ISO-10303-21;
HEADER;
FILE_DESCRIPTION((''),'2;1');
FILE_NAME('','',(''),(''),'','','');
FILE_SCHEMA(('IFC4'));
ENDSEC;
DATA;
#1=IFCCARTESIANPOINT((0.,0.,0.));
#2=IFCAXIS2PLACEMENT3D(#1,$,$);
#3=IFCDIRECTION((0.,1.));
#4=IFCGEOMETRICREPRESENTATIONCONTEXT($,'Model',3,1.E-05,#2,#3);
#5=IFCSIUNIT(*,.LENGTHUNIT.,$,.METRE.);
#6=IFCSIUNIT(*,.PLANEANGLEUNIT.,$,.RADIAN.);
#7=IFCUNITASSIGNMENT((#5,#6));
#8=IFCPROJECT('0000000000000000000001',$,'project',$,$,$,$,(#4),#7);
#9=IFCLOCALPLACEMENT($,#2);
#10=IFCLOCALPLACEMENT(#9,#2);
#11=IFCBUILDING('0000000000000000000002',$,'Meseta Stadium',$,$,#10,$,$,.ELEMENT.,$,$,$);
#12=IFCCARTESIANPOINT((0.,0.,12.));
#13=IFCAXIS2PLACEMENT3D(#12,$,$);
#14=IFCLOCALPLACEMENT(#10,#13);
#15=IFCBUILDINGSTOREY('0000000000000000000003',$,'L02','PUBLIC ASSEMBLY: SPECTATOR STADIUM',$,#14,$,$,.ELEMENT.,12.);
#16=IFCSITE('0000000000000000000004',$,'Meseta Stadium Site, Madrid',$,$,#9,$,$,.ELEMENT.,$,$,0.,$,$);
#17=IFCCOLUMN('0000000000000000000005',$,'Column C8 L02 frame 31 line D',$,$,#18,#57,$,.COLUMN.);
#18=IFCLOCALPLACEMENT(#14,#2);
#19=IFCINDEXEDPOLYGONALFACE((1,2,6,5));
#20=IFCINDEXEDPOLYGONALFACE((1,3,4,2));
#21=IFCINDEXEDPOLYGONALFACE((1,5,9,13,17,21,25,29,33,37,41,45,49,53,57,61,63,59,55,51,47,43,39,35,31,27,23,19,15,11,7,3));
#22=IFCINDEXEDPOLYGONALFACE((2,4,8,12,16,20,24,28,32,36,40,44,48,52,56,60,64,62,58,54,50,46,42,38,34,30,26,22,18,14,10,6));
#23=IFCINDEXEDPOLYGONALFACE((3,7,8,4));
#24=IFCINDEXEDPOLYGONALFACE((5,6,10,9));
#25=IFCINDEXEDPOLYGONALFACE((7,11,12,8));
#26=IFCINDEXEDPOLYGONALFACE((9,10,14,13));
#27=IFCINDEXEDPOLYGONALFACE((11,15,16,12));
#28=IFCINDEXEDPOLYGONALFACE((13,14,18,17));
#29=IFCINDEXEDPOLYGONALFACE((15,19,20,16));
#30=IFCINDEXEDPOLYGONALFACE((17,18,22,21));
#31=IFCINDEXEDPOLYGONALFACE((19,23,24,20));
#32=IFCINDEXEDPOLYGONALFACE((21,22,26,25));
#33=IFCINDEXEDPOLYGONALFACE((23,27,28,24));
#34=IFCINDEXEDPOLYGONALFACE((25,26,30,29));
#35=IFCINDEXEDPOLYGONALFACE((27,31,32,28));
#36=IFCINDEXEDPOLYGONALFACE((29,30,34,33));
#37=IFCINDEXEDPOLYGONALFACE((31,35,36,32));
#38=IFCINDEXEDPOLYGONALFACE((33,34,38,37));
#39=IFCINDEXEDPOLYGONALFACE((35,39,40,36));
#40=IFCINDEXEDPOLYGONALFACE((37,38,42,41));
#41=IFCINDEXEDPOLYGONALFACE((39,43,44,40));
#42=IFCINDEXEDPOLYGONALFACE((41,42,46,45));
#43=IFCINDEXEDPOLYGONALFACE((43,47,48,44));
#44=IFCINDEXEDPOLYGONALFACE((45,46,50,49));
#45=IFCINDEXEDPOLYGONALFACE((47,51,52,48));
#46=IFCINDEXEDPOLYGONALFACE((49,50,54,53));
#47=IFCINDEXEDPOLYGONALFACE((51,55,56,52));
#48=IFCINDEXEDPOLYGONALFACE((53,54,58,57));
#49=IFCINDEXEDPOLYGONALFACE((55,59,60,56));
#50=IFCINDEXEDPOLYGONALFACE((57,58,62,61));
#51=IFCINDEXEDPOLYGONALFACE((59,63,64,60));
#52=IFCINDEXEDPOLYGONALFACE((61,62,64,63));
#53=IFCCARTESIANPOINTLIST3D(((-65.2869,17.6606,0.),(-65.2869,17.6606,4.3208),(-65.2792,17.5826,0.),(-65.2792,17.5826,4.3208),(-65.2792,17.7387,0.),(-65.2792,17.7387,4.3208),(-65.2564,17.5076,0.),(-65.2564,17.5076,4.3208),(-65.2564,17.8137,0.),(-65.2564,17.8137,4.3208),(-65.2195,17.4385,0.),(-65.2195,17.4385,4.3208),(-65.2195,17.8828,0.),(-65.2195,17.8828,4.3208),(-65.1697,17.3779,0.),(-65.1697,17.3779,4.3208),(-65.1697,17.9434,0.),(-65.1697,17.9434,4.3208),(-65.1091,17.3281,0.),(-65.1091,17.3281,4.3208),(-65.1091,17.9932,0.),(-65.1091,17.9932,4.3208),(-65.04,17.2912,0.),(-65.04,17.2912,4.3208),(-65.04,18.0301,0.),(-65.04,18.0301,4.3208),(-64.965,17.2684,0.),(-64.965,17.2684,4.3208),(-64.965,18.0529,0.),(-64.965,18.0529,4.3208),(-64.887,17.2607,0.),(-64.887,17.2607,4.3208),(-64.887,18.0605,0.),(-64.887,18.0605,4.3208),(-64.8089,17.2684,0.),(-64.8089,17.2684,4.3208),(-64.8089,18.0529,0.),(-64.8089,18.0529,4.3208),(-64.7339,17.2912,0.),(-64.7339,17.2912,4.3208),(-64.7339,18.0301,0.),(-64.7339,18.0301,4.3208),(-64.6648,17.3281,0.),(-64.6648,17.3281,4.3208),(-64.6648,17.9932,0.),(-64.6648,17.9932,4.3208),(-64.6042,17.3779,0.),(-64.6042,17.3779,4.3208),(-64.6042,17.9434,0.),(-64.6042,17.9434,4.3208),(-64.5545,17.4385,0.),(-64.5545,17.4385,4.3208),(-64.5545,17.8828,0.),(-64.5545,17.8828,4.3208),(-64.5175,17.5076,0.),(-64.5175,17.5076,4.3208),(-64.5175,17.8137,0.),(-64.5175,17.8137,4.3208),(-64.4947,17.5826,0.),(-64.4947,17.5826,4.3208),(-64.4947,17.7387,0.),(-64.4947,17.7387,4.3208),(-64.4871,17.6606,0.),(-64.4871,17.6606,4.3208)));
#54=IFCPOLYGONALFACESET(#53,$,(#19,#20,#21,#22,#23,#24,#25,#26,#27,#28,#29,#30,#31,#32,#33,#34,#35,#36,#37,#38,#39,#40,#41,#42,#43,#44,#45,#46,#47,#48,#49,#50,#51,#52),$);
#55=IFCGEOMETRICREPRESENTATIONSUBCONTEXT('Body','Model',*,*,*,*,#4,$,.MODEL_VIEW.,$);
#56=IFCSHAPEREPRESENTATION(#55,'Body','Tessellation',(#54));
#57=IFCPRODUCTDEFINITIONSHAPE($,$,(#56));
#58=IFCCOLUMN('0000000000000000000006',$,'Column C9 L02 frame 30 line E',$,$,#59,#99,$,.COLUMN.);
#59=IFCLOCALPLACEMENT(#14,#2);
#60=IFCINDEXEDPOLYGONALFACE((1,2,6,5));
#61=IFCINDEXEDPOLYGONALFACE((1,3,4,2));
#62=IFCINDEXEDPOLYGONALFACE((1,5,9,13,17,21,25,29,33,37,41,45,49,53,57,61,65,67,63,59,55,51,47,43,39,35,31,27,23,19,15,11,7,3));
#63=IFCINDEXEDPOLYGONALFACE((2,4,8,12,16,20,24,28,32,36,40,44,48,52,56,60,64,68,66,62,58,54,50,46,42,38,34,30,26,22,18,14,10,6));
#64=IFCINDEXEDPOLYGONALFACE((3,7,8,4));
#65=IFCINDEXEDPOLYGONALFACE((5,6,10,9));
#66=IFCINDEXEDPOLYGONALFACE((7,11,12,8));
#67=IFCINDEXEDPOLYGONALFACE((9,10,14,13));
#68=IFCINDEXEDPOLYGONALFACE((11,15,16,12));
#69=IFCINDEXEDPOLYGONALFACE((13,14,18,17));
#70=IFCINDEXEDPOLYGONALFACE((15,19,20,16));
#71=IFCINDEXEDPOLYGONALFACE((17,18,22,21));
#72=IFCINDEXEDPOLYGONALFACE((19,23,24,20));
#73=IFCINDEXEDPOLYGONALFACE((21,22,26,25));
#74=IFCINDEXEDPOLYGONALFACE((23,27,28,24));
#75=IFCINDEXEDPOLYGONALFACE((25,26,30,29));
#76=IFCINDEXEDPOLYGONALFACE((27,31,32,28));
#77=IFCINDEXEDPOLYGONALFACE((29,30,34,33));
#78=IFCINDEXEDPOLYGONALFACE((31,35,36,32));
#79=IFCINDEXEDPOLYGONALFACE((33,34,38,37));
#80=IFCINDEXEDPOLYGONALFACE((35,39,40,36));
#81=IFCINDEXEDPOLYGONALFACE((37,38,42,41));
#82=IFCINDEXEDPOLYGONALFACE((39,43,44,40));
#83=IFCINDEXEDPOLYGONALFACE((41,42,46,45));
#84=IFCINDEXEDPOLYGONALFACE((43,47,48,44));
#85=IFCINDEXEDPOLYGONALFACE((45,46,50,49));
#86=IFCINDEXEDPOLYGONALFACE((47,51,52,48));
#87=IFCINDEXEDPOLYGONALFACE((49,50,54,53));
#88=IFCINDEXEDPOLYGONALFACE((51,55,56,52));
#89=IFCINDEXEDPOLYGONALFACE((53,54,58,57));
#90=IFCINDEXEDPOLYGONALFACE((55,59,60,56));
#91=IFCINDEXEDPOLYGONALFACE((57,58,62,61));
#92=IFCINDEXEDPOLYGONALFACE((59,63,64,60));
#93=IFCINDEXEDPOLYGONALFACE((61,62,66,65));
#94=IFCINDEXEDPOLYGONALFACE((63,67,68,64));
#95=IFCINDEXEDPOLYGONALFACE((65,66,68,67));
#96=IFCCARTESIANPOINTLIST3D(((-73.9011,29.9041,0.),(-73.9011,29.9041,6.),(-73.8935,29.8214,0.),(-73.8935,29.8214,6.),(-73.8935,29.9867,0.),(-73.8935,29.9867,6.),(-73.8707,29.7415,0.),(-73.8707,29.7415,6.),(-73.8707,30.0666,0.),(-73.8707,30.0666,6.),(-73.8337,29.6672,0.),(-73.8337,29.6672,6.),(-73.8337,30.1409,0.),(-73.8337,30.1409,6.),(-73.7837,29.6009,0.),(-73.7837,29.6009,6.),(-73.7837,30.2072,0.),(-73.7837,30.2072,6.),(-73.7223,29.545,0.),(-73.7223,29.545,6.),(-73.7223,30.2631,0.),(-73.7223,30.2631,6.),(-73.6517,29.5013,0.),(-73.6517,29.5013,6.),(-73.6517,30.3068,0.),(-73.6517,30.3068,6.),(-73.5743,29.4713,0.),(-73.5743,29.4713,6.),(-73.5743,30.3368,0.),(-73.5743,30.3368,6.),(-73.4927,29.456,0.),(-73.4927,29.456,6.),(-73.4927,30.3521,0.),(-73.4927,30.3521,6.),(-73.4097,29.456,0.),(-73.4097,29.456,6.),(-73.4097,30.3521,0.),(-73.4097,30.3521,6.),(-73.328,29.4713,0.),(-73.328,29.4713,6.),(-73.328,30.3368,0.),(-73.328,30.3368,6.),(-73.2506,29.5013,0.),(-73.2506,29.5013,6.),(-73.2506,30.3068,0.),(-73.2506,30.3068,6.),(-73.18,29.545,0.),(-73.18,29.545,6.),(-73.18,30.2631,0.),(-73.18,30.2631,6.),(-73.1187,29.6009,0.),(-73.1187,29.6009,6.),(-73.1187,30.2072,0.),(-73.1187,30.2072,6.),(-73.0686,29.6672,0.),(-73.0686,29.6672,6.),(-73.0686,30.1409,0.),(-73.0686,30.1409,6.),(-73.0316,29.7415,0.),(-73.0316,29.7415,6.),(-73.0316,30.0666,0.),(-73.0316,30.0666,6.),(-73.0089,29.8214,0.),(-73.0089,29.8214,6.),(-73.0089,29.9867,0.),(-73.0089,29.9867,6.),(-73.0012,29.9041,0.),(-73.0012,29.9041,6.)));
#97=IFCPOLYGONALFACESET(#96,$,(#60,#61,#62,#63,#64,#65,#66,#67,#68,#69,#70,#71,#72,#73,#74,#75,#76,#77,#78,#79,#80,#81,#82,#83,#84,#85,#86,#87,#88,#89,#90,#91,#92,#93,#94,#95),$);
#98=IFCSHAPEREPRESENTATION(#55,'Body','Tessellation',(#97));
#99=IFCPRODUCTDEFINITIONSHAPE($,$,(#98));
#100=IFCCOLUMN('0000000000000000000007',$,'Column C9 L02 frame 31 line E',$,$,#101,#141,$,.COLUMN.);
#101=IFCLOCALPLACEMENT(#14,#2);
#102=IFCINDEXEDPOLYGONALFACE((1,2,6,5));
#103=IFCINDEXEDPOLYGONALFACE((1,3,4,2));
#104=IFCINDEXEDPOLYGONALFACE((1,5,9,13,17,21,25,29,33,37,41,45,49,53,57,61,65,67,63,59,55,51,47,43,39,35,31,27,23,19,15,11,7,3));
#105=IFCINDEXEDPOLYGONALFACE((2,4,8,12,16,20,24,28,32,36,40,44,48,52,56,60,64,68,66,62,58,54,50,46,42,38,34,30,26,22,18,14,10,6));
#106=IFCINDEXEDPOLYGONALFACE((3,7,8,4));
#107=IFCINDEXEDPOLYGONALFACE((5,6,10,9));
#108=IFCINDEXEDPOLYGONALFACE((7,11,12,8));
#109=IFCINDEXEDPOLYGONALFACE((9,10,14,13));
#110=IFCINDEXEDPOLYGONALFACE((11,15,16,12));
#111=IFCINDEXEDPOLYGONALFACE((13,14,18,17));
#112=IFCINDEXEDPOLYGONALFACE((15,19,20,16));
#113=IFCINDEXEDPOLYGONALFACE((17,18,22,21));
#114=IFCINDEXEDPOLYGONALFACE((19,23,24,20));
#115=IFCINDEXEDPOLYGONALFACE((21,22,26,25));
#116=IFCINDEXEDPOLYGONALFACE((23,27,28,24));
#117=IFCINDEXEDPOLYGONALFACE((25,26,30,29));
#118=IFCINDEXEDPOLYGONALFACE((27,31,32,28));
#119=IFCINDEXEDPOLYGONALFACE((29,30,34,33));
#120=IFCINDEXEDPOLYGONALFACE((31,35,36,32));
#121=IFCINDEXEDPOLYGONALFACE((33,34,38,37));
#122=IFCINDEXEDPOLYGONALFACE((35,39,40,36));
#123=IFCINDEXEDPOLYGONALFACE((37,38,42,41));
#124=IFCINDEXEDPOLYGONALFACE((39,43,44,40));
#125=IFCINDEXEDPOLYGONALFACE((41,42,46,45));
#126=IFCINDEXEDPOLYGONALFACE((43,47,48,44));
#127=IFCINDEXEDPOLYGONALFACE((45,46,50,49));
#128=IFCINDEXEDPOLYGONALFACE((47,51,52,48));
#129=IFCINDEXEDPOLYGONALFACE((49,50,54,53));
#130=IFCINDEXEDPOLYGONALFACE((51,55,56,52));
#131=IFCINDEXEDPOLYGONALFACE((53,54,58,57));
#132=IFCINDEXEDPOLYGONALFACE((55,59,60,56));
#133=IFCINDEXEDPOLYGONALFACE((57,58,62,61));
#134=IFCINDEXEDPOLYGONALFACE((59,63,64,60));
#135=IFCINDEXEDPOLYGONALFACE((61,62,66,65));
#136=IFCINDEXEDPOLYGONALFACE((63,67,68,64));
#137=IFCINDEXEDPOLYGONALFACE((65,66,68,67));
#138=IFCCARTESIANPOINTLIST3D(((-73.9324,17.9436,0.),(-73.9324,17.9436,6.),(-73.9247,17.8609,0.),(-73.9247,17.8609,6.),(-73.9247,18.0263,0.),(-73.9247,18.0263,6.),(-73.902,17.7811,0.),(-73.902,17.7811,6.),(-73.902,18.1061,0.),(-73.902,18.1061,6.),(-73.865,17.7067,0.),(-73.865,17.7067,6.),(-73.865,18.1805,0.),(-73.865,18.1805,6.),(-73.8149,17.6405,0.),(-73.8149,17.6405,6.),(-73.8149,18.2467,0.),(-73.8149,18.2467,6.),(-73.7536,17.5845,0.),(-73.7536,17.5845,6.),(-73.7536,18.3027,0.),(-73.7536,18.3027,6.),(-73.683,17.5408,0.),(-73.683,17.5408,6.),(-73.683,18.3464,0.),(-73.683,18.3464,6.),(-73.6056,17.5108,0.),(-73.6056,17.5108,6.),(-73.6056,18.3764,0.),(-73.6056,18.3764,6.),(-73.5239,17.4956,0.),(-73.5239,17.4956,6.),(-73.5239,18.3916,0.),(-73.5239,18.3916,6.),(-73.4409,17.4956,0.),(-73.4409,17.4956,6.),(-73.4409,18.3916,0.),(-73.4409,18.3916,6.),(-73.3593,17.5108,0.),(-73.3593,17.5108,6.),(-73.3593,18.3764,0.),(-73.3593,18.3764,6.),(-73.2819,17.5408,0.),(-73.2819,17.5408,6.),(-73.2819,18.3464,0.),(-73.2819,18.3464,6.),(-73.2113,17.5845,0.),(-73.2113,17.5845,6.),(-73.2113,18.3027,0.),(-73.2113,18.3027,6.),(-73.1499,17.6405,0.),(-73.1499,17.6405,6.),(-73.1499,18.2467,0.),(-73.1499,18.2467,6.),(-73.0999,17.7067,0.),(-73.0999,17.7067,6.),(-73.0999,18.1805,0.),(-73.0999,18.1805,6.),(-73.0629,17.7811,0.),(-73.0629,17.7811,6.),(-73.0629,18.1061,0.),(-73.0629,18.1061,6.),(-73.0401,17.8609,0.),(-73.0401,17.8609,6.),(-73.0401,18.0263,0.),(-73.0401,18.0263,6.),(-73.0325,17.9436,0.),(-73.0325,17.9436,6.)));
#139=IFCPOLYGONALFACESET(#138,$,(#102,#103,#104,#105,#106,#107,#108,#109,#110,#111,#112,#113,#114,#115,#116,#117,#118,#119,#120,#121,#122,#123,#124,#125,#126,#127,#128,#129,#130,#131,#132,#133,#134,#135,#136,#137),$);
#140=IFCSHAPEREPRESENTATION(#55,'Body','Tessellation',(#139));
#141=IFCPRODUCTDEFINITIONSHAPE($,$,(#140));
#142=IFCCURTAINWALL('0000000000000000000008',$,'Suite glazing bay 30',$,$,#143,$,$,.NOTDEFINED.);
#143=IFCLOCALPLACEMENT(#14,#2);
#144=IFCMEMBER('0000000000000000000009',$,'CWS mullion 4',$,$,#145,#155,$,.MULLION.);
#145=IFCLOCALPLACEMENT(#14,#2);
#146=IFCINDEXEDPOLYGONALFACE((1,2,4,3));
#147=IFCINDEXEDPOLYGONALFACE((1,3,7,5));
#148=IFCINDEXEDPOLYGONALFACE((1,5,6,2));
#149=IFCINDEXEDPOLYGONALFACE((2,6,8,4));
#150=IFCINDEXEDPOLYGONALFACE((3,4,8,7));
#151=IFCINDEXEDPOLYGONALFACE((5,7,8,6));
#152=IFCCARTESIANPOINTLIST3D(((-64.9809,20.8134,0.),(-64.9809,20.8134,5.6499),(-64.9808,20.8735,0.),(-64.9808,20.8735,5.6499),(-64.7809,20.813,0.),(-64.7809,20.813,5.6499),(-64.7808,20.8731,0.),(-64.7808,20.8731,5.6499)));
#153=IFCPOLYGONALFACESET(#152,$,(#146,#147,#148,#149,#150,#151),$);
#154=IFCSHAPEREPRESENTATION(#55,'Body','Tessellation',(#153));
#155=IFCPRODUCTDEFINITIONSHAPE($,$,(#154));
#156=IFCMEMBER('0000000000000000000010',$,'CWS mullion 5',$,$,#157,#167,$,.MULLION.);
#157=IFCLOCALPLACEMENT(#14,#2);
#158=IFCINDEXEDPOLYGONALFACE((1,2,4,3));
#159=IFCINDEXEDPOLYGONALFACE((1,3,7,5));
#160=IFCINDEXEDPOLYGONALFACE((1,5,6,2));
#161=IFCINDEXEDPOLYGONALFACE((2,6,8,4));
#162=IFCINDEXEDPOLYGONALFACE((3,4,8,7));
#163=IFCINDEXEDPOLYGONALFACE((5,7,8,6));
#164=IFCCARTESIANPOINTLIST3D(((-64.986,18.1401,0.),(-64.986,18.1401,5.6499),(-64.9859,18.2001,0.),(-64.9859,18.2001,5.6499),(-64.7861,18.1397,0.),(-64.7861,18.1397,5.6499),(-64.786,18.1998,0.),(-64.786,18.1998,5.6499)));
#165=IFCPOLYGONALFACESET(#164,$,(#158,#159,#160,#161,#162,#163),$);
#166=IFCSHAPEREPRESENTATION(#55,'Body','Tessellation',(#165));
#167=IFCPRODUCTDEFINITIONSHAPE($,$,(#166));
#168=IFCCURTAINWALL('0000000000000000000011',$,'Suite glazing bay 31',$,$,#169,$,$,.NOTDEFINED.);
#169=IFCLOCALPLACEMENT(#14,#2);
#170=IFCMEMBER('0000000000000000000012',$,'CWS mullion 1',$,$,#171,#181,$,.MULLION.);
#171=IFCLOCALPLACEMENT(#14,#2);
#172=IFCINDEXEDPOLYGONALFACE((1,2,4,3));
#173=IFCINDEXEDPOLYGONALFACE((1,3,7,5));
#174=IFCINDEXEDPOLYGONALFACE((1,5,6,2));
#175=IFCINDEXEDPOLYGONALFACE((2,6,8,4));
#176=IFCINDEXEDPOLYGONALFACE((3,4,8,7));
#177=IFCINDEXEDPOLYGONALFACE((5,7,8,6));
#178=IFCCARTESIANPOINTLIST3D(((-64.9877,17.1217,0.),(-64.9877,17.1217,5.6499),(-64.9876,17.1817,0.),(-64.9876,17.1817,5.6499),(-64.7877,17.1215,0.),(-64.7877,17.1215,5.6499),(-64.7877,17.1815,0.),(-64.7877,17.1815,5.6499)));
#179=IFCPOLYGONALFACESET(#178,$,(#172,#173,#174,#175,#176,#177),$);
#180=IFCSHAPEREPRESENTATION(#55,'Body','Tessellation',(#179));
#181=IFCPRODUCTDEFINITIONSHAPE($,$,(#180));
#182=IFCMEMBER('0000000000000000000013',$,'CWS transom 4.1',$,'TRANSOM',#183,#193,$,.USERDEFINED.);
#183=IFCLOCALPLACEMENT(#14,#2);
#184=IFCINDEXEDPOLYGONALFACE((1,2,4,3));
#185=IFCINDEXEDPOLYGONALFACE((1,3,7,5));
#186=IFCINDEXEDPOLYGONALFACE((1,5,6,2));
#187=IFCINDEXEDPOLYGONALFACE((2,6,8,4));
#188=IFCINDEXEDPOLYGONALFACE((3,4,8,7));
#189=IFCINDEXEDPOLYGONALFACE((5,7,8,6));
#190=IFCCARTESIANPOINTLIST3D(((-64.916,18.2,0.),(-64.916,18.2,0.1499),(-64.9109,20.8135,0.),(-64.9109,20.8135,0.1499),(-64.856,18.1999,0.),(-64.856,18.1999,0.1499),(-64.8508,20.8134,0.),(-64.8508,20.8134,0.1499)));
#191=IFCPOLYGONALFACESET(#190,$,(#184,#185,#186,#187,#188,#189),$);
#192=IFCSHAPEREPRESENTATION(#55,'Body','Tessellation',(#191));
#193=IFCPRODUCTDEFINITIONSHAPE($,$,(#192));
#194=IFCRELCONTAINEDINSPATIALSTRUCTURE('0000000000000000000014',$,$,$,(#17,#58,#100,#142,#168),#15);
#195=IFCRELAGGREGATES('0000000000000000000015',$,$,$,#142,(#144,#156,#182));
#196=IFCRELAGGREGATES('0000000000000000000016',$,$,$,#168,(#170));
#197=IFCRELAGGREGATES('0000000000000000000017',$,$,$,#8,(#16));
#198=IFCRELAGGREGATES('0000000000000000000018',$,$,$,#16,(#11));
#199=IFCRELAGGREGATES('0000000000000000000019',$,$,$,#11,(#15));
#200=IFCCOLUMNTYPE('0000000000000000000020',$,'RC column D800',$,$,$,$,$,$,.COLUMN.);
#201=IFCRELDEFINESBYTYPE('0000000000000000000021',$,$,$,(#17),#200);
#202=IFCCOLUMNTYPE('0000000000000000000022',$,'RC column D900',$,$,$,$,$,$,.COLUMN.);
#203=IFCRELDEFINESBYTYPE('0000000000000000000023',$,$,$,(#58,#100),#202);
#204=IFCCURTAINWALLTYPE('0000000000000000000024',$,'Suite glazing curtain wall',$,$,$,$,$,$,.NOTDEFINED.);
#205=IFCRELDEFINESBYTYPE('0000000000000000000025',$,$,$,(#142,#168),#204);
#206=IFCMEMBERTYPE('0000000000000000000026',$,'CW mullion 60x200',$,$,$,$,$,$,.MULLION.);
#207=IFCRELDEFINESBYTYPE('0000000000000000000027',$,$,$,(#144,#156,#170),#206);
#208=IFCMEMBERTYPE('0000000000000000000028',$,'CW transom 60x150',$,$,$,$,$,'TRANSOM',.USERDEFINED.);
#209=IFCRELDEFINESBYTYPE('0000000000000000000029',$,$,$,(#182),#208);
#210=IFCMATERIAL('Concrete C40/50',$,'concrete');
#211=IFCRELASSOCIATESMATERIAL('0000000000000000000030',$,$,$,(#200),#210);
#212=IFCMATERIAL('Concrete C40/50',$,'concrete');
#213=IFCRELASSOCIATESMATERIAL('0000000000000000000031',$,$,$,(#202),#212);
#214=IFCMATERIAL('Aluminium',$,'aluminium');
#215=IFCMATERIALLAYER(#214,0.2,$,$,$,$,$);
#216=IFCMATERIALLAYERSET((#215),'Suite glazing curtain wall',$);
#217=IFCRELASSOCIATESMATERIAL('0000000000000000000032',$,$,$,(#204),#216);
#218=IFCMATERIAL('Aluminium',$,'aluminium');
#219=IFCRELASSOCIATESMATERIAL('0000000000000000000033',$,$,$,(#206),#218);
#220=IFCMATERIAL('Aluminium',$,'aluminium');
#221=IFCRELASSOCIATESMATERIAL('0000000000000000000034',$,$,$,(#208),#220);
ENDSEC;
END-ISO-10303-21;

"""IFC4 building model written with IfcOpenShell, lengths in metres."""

from ifc_helpers import new_model, si_unit, direction, frame, origin, origin_2d, place, context, subcontext, project, spatial, rectangle, circle, extrude, material, layer, layer_set, material_profile, profile_set, type_object, element, aggregate, save


model = new_model("IFC4")

# Units and contexts
model_context = context("Model", 3, precision=1e-05, world=origin(), true_north=direction((0.0, 1.0)))
body_context = subcontext(model_context, "Body", "Model", "MODEL_VIEW")
ifc_project = project(units=[si_unit("LENGTHUNIT", "METRE"), si_unit("PLANEANGLEUNIT", "RADIAN")], contexts=[model_context])

# Site, building, storey
site_placement = place(None, origin())
site = spatial("IfcSite", under=ifc_project, at=site_placement, Name="Meseta Stadium Site, Madrid", CompositionType="ELEMENT", RefElevation=0.0)
building_placement = place(site_placement, origin())
building = spatial("IfcBuilding", under=site, at=building_placement, Name="Meseta Stadium", CompositionType="ELEMENT")
storey_placement = place(building_placement, frame((0.0, 0.0, 12.0)))
storey = spatial("IfcBuildingStorey", under=building, at=storey_placement, Name="L02", Description="PUBLIC ASSEMBLY: SPECTATOR STADIUM", CompositionType="ELEMENT", Elevation=12.0)

# Columns
ifc_material_1 = material(Name="Concrete C40/50", Category="concrete")
ifc_material_profile_1 = material_profile(ifc_material_1, circle(Radius=0.3999, at=origin_2d()), Name="RC D800")
ifc_profile_set_1 = profile_set([ifc_material_profile_1], Name="Concrete C40/50")
column_type_1 = type_object("IfcColumnType", Name="RC column D800", PredefinedType="COLUMN", material=ifc_profile_set_1)
column_placement = place(storey_placement, frame((-64.887, 17.6606, 0.0), z_axis=(0.0, 0.0, 1.0), x_axis=(1.0, 0.0, 0.0)))
element("IfcColumn", 1, at=column_placement, inside=storey, type_object=column_type_1, Name="Column C8 L02 frame 31 line D", PredefinedType="COLUMN", context=body_context, shape_type="SweptSolid", body=[
    extrude(circle(Radius=0.3999, at=origin_2d()), origin(), (0.0, 0.0, 1.0), 4.3208),
])
ifc_material_2 = material(Name="Concrete C40/50", Category="concrete")
ifc_material_profile_2 = material_profile(ifc_material_2, circle(Radius=0.45, at=origin_2d()), Name="RC D900")
ifc_profile_set_2 = profile_set([ifc_material_profile_2], Name="Concrete C40/50")
column_type_2 = type_object("IfcColumnType", Name="RC column D900", PredefinedType="COLUMN", material=ifc_profile_set_2)
for number, where, z_axis, x_axis, name in (
    (2, (-73.4512, 29.9041, 0.0), (0.0, 0.0, 1.0), (1.0, 0.0, 0.0), "Column C9 L02 frame 30 line E"),
    (3, (-73.4824, 17.9436, 0.0), (0.0, 0.0, 1.0), (1.0, 0.0, 0.0), "Column C9 L02 frame 31 line E"),
):
    element("IfcColumn", number, at=place(storey_placement, frame(where, z_axis=z_axis, x_axis=x_axis)), inside=storey, type_object=column_type_2, Name=name, PredefinedType="COLUMN", context=body_context, shape_type="SweptSolid", body=[
        extrude(circle(Radius=0.45, at=origin_2d()), origin(), (0.0, 0.0, 1.0), 6.0),
    ])

# Curtain wall, members
ifc_material_3 = material(Name="Aluminium", Category="aluminium")
ifc_layer_1 = layer(ifc_material_3, 0.2)
ifc_layer_set_1 = layer_set([ifc_layer_1], Name="Suite glazing curtain wall")
curtain_wall_type = type_object("IfcCurtainWallType", Name="Suite glazing curtain wall", PredefinedType="NOTDEFINED", material=ifc_layer_set_1)
curtain_wall_1_placement = place(storey_placement, origin())
curtain_wall_1 = element("IfcCurtainWall", 4, at=curtain_wall_1_placement, inside=storey, type_object=curtain_wall_type, Name="Suite glazing bay 30", PredefinedType="NOTDEFINED")
ifc_material_4 = material(Name="Aluminium", Category="aluminium")
ifc_material_profile_3 = material_profile(ifc_material_4, rectangle(XDim=0.2, YDim=0.0601, at=origin_2d()), Name="CW 200x60")
ifc_profile_set_3 = profile_set([ifc_material_profile_3], Name="Aluminium")
member_type_1 = type_object("IfcMemberType", Name="CW mullion 60x200", PredefinedType="MULLION", material=ifc_profile_set_3)
member_1_placement = place(storey_placement, frame((-64.8809, 20.8433, 0.0), z_axis=(0.0, 0.0, 1.0), x_axis=(0.999998, -0.001947, 0.0)))
member_1 = element("IfcMember", 5, at=member_1_placement, type_object=member_type_1, Name="CWS mullion 4", PredefinedType="MULLION", context=body_context, shape_type="SweptSolid", body=[
    extrude(rectangle(XDim=0.2, YDim=0.0601, at=origin_2d()), origin(), (0.0, 0.0, 1.0), 5.6499),
])
member_2_placement = place(storey_placement, frame((-64.886, 18.1699, 0.0), z_axis=(0.0, 0.0, 1.0), x_axis=(0.999998, -0.001947, 0.0)))
member_2 = element("IfcMember", 6, at=member_2_placement, type_object=member_type_1, Name="CWS mullion 5", PredefinedType="MULLION", context=body_context, shape_type="SweptSolid", body=[
    extrude(rectangle(XDim=0.2, YDim=0.0601, at=origin_2d()), origin(), (0.0, 0.0, 1.0), 5.6499),
])

# Curtain wall, member
curtain_wall_2_placement = place(storey_placement, origin())
curtain_wall_2 = element("IfcCurtainWall", 7, at=curtain_wall_2_placement, inside=storey, type_object=curtain_wall_type, Name="Suite glazing bay 31", PredefinedType="NOTDEFINED")
member_3_placement = place(storey_placement, frame((-64.8877, 17.1516, 0.0), z_axis=(0.0, 0.0, 1.0), x_axis=(1.0, -0.000975, 0.0)))
member_3 = element("IfcMember", 8, at=member_3_placement, type_object=member_type_1, Name="CWS mullion 1", PredefinedType="MULLION", context=body_context, shape_type="SweptSolid", body=[
    extrude(rectangle(XDim=0.2, YDim=0.0601, at=origin_2d()), origin(), (0.0, 0.0, 1.0), 5.6499),
])

# Member
ifc_material_5 = material(Name="Aluminium", Category="aluminium")
ifc_material_profile_4 = material_profile(ifc_material_5, rectangle(XDim=0.0601, YDim=0.1499, at=origin_2d()), Name="CW 60x150")
ifc_profile_set_4 = profile_set([ifc_material_profile_4], Name="Aluminium")
member_type_2 = type_object("IfcMemberType", Name="CW transom 60x150", ElementType="TRANSOM", PredefinedType="USERDEFINED", material=ifc_profile_set_4)
member_4_placement = place(storey_placement, frame((-64.8809, 20.8135, 0.075), z_axis=(-0.001962, -0.999998, 0.0), x_axis=(0.999998, -0.001962, 0.0)))
member_4 = element("IfcMember", 9, at=member_4_placement, type_object=member_type_2, Name="CWS transom 4.1", ObjectType="TRANSOM", PredefinedType="USERDEFINED", context=body_context, shape_type="SweptSolid", body=[
    extrude(rectangle(XDim=0.0601, YDim=0.1499, at=origin_2d()), origin(), (0.0, 0.0, 1.0), 2.6135),
])

aggregate(curtain_wall_1, [member_1, member_2, member_4])
aggregate(curtain_wall_2, [member_3])

save(model, "model.ifc")
